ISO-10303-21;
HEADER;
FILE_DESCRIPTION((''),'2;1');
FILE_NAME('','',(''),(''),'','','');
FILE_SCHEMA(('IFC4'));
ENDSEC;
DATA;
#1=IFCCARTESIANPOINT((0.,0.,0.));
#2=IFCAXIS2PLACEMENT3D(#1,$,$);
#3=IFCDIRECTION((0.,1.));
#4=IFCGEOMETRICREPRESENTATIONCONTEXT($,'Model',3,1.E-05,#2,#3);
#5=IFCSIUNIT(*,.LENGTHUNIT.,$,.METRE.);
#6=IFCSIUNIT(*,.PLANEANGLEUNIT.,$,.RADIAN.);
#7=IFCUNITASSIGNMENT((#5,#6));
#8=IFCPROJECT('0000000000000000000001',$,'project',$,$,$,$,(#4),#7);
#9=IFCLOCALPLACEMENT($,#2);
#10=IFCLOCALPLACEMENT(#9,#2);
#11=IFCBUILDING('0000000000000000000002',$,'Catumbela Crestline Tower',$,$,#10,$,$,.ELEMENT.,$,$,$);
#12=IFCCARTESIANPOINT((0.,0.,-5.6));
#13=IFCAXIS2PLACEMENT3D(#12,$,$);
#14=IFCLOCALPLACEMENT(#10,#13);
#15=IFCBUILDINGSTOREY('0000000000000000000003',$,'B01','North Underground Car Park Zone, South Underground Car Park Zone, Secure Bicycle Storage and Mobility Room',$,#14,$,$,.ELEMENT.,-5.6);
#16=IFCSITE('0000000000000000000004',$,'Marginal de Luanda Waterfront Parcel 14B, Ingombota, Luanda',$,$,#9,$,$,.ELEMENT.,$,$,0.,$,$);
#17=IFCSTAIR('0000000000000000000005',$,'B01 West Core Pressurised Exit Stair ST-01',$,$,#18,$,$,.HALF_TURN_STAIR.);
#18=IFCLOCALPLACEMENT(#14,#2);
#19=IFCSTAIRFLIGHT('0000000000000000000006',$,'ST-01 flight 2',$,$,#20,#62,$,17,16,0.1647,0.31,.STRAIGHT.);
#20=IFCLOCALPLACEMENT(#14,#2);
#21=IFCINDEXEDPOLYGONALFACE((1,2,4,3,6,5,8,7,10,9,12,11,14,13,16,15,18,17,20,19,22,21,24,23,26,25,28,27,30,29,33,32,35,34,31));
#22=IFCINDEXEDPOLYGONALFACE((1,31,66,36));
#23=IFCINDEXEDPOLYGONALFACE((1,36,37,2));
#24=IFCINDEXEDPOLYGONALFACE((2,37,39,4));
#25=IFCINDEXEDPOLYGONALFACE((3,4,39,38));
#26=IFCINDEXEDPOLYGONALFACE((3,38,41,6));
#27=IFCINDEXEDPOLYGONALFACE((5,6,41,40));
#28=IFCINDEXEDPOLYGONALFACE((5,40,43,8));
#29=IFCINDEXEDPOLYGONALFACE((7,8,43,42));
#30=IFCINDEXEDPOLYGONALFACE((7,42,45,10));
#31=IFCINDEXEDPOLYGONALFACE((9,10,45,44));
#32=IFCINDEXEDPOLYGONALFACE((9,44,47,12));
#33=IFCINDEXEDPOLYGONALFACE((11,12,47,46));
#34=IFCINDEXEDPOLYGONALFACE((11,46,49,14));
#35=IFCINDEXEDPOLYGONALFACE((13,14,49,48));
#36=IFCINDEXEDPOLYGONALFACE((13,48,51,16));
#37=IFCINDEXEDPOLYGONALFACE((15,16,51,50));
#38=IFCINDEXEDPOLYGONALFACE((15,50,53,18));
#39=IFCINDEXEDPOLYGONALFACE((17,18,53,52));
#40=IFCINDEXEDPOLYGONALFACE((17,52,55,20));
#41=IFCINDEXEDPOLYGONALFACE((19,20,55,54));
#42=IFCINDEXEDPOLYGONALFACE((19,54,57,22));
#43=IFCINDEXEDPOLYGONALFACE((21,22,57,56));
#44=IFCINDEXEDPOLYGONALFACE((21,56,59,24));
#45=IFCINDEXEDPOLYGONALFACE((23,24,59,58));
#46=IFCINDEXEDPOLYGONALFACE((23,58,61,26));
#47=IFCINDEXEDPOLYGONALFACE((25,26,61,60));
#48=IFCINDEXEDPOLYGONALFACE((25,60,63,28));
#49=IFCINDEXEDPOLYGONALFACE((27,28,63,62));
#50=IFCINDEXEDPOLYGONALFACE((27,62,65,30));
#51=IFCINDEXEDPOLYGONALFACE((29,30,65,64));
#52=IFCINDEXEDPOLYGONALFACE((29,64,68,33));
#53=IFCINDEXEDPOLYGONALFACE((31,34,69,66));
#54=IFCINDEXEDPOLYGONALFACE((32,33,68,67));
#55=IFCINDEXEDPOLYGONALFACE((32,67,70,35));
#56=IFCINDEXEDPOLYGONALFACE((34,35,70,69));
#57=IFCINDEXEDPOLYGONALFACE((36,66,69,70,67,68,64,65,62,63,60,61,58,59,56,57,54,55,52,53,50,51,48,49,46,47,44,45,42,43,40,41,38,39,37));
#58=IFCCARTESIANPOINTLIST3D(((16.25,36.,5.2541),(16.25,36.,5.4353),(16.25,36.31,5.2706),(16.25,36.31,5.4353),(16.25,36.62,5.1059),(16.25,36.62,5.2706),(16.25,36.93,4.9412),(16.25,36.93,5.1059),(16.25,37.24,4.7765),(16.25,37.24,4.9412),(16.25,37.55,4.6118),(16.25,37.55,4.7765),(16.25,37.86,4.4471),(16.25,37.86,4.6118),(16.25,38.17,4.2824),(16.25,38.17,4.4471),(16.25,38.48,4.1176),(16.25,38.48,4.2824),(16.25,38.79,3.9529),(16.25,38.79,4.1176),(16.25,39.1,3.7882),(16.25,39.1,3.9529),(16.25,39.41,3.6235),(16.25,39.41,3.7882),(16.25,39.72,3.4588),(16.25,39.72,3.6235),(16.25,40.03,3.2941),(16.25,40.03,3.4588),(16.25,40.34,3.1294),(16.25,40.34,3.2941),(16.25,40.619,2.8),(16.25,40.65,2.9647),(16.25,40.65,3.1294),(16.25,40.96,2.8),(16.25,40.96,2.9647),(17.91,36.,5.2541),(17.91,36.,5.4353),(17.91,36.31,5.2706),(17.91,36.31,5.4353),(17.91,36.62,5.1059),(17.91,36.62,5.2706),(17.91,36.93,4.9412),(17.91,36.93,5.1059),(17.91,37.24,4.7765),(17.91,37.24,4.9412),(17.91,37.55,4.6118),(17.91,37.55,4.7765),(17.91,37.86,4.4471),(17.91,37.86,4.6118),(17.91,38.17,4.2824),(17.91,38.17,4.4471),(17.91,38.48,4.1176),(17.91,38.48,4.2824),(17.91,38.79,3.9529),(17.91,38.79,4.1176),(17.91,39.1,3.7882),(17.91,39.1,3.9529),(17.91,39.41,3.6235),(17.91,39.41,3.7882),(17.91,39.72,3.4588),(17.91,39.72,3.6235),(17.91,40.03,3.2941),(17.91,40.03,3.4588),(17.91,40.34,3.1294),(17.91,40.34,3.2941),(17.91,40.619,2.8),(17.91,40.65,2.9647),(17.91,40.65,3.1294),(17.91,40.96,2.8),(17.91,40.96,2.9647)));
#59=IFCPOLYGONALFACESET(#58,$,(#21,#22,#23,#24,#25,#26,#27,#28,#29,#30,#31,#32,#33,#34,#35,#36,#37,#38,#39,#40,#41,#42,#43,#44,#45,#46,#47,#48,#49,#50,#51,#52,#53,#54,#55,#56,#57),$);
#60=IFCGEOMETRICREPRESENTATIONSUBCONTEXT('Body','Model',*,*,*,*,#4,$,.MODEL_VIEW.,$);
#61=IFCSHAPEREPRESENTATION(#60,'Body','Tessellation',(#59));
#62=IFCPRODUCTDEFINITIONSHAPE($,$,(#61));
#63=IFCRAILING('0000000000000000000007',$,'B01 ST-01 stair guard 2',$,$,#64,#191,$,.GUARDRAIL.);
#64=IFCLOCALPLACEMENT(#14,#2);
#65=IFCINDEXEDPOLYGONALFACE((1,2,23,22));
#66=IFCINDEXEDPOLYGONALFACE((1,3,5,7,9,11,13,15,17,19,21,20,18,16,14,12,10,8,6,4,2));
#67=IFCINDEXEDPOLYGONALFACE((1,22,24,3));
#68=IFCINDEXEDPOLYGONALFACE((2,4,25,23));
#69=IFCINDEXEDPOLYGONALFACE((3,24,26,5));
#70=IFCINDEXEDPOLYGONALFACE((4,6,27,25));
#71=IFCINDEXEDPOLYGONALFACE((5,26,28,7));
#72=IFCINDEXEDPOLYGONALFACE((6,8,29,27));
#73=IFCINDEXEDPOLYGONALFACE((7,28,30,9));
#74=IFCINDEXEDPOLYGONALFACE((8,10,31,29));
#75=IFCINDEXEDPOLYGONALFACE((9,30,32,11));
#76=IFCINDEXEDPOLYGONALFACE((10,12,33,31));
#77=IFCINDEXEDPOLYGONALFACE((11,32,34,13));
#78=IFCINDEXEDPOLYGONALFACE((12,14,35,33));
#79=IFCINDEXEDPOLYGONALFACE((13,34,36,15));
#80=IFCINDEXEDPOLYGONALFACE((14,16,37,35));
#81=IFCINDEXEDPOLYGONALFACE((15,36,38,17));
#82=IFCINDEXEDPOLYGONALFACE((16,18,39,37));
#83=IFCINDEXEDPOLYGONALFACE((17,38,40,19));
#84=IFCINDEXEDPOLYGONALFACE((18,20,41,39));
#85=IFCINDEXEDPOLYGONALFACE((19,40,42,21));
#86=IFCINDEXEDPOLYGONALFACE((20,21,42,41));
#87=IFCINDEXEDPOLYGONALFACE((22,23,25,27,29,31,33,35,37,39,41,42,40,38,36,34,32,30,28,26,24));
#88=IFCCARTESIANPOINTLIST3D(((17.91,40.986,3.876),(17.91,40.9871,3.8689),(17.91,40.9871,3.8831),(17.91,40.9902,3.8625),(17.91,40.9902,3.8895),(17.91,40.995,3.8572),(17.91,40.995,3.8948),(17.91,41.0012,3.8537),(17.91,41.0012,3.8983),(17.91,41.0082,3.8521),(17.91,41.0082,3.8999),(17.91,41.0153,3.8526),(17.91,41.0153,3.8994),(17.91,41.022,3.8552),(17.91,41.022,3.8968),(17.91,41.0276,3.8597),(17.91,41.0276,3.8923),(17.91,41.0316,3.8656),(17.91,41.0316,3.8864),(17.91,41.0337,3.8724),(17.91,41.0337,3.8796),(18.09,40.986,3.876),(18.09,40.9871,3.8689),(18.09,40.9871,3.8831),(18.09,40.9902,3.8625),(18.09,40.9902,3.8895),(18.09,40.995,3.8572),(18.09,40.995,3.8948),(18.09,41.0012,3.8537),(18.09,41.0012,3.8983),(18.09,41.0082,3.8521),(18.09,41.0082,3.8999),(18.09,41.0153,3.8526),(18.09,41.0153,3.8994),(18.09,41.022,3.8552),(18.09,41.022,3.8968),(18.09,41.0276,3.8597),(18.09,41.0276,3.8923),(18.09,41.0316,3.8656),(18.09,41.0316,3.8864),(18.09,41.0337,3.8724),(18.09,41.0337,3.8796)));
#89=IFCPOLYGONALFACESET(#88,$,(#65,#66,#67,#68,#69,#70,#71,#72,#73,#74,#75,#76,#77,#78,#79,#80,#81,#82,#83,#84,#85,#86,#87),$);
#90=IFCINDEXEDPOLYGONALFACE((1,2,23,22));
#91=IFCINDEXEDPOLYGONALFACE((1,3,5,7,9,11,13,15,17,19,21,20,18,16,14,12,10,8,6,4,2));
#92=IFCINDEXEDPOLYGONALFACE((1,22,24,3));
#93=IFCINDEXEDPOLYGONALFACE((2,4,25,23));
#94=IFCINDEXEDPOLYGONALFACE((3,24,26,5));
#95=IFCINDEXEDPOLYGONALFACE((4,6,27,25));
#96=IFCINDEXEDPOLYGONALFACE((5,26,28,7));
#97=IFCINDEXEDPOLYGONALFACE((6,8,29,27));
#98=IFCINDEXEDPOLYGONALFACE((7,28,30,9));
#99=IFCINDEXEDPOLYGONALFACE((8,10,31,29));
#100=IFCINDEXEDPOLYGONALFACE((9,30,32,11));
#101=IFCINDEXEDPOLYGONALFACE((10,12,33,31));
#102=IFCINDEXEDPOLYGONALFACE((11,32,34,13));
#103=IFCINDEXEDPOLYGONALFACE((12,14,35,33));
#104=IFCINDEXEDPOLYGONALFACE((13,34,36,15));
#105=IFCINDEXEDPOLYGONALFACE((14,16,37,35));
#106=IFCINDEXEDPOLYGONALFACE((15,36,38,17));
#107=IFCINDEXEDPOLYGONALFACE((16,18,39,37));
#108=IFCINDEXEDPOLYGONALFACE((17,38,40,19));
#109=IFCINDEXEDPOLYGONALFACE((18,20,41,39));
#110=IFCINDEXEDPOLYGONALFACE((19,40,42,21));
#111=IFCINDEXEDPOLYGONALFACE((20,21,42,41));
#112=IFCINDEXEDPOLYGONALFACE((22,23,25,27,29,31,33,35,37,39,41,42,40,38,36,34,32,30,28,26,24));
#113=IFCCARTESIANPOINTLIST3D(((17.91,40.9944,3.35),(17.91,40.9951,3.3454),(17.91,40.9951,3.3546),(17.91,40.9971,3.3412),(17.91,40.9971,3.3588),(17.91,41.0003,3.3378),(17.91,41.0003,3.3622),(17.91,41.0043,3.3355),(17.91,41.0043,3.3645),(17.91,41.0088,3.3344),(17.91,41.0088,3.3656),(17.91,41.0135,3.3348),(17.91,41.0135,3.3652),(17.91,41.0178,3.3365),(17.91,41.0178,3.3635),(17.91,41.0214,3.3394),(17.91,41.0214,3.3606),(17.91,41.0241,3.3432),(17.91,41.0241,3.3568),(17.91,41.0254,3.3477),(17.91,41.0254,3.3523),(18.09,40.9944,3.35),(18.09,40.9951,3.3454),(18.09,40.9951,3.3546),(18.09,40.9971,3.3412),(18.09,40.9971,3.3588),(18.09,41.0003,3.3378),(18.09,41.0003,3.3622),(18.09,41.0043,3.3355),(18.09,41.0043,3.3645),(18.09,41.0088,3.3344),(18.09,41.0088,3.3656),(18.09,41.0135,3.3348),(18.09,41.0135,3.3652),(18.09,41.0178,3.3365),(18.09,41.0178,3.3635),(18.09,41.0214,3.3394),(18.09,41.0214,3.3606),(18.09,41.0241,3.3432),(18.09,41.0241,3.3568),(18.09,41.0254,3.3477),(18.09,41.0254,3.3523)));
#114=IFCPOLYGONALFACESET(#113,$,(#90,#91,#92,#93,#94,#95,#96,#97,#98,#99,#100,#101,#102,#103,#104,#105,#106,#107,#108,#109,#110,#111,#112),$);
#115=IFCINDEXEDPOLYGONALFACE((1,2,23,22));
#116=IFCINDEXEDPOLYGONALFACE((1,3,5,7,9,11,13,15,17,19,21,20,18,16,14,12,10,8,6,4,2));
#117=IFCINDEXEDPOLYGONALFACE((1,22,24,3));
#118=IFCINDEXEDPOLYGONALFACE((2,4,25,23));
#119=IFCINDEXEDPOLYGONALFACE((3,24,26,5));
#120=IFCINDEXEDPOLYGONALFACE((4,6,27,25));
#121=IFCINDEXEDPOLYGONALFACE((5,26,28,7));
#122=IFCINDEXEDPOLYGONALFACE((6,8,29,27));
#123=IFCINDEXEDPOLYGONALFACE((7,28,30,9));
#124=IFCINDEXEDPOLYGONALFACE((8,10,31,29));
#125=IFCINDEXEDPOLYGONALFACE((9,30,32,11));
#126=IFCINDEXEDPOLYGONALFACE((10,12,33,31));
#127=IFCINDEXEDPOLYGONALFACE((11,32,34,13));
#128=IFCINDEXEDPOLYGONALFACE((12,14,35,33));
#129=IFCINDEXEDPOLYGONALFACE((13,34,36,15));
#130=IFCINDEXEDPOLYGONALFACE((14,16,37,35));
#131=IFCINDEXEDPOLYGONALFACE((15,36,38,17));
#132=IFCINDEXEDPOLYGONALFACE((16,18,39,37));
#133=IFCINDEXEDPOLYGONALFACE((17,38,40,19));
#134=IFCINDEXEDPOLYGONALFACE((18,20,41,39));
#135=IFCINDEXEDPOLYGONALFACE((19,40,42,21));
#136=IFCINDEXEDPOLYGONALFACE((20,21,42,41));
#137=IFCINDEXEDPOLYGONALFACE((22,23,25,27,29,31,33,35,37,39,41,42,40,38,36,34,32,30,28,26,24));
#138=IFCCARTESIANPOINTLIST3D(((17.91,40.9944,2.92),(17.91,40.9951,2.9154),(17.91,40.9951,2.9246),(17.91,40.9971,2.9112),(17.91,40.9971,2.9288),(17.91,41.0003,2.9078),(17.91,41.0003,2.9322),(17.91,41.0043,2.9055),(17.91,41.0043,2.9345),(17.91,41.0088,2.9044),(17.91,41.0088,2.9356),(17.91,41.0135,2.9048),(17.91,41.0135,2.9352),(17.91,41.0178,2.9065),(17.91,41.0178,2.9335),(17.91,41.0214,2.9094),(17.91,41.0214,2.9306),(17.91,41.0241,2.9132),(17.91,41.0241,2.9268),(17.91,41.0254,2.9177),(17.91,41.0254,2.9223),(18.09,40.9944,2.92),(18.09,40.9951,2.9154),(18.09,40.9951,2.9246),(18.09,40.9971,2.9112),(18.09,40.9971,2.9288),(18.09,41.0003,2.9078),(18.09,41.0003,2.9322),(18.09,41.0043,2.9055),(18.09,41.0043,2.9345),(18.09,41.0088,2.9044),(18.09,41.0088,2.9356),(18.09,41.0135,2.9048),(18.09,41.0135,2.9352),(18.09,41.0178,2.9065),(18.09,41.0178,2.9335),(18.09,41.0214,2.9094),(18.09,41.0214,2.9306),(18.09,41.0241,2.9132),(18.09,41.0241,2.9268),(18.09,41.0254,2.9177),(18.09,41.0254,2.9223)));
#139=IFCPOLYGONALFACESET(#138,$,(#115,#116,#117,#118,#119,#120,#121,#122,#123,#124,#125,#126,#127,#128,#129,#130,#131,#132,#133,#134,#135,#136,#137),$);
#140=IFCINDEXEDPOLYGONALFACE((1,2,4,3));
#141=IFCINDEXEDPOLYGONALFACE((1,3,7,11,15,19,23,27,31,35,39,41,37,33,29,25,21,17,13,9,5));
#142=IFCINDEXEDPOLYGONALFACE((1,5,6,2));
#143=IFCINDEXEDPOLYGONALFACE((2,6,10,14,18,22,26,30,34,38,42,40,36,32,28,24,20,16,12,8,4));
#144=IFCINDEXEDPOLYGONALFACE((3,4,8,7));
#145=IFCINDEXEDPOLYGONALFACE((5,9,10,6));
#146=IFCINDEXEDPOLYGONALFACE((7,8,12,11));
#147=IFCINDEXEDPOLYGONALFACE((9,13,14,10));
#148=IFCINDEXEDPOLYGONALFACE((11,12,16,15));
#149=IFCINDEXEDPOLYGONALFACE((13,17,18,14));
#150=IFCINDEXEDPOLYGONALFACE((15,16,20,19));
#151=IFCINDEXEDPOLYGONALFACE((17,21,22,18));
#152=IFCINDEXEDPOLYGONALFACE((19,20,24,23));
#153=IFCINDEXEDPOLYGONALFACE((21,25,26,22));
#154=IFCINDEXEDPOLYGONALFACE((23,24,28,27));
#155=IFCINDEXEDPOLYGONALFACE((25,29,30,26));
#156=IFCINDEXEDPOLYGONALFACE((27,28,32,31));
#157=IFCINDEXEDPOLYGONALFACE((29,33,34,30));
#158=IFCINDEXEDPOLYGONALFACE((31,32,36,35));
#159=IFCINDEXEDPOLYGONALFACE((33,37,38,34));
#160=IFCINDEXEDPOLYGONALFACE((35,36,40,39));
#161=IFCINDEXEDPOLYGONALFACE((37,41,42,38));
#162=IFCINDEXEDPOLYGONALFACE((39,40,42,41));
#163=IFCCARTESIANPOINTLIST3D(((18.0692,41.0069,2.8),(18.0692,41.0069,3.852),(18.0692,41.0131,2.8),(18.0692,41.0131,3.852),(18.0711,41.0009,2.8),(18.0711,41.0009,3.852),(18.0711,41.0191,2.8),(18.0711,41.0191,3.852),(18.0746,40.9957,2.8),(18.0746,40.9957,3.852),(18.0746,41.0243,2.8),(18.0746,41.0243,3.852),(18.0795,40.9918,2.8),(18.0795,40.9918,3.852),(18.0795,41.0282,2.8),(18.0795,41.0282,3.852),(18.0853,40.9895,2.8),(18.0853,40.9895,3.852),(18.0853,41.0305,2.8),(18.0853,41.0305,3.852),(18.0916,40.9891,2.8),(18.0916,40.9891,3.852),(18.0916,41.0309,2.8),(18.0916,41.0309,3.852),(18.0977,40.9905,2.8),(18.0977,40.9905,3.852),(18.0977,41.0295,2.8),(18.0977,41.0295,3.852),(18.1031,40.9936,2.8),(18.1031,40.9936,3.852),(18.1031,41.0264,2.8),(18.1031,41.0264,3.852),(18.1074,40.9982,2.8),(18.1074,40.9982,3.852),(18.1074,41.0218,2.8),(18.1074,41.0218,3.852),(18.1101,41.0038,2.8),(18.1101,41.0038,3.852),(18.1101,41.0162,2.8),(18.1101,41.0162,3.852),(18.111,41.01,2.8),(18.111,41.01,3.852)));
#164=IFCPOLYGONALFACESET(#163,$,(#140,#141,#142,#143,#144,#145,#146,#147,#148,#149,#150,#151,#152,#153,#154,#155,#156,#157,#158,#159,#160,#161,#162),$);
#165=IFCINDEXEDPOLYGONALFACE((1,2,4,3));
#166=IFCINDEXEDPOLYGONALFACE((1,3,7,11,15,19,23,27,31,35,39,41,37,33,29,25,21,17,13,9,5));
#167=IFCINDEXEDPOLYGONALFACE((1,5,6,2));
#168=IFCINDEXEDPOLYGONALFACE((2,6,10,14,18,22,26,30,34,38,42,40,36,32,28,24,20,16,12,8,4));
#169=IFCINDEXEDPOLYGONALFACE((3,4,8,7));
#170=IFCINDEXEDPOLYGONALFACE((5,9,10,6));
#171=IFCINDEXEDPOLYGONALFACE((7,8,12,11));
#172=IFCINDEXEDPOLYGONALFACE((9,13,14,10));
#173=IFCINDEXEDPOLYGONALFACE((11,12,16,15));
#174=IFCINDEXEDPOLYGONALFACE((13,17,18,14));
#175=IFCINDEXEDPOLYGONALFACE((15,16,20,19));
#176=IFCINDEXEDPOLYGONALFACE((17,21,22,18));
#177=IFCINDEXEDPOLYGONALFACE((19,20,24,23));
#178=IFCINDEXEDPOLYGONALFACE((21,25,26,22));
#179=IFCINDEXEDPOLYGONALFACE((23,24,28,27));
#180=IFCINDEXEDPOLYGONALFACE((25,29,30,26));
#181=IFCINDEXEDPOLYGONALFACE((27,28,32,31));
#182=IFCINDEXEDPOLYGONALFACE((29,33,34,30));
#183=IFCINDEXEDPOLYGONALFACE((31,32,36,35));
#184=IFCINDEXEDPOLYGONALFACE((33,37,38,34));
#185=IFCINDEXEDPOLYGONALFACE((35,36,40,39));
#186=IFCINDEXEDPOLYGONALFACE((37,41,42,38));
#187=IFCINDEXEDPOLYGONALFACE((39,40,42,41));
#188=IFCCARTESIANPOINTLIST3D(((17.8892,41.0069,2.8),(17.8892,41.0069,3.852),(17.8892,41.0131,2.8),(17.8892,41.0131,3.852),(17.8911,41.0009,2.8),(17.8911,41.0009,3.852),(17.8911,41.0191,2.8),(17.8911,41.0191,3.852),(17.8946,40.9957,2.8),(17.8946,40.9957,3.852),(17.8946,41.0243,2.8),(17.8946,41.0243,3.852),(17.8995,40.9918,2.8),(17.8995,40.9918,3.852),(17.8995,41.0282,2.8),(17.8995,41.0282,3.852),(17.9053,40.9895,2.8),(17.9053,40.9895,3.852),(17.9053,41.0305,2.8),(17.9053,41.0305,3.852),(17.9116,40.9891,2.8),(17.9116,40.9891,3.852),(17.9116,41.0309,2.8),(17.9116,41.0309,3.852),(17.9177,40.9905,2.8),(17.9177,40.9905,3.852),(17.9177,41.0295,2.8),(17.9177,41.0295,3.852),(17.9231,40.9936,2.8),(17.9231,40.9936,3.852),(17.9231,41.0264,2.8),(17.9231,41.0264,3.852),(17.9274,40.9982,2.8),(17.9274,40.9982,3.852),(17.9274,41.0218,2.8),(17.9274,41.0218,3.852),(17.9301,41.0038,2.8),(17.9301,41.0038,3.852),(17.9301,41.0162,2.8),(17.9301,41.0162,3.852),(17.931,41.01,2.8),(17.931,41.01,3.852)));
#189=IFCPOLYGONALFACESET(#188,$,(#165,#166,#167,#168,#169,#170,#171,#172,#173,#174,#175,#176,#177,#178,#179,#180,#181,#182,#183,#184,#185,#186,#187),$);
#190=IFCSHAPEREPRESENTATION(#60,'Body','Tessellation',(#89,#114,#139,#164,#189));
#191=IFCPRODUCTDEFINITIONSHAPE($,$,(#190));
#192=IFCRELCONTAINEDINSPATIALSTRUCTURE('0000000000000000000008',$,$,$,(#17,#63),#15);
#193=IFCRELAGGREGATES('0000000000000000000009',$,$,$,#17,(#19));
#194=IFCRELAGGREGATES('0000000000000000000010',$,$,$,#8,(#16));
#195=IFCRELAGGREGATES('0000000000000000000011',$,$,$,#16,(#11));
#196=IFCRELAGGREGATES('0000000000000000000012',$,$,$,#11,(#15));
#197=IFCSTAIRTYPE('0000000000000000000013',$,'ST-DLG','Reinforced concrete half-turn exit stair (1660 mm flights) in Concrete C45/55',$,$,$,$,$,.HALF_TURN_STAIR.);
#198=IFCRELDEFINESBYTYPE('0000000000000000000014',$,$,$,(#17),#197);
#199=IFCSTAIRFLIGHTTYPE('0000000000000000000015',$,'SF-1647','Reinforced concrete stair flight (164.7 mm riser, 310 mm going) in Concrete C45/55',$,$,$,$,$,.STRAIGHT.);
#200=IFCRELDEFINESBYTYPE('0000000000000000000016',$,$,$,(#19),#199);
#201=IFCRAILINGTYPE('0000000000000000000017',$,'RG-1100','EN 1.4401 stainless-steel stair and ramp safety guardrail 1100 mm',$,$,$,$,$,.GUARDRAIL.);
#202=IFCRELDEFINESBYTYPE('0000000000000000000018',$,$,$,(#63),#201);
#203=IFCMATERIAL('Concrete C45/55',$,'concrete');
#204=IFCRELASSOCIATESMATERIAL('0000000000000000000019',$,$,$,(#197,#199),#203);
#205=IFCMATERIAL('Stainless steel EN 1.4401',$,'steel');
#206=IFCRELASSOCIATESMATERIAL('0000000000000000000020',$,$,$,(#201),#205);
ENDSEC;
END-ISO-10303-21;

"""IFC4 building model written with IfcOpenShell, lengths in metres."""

from ifc_helpers import new_model, si_unit, direction, frame, origin, origin_2d, place, context, subcontext, project, spatial, polyline, circle, outline, extrude, material, type_object, element, aggregate, save


model = new_model("IFC4")

# Units and contexts
model_context = context("Model", 3, precision=1e-05, world=origin(), true_north=direction((0.0, 1.0)))
body_context = subcontext(model_context, "Body", "Model", "MODEL_VIEW")
ifc_project = project(units=[si_unit("LENGTHUNIT", "METRE"), si_unit("PLANEANGLEUNIT", "RADIAN")], contexts=[model_context])

# Site, building, storey
site_placement = place(None, origin())
site = spatial("IfcSite", under=ifc_project, at=site_placement, Name="Marginal de Luanda Waterfront Parcel 14B, Ingombota, Luanda", CompositionType="ELEMENT", RefElevation=0.0)
building_placement = place(site_placement, origin())
building = spatial("IfcBuilding", under=site, at=building_placement, Name="Catumbela Crestline Tower", CompositionType="ELEMENT")
storey_placement = place(building_placement, frame((0.0, 0.0, -5.6)))
storey = spatial("IfcBuildingStorey", under=building, at=storey_placement, Name="B01", Description="North Underground Car Park Zone, South Underground Car Park Zone, Secure Bicycle Storage and Mobility Room", CompositionType="ELEMENT", Elevation=-5.6)

# Shared definitions
ifc_material_1 = material(Name="Stainless steel EN 1.4401", Category="steel")

# Stair, stair flight
ifc_material_2 = material(Name="Concrete C45/55", Category="concrete")
stair_type = type_object("IfcStairType", Name="ST-DLG", Description="Reinforced concrete half-turn exit stair (1660 mm flights) in Concrete C45/55", PredefinedType="HALF_TURN_STAIR", material=ifc_material_2)
stair_placement = place(storey_placement, origin())
stair = element("IfcStair", 1, at=stair_placement, inside=storey, type_object=stair_type, Name="B01 West Core Pressurised Exit Stair ST-01", PredefinedType="HALF_TURN_STAIR")
stair_flight_type = type_object("IfcStairFlightType", Name="SF-1647", Description="Reinforced concrete stair flight (164.7 mm riser, 310 mm going) in Concrete C45/55", PredefinedType="STRAIGHT", material=ifc_material_2)
stair_flight_placement = place(storey_placement, frame((17.08, 40.96, 2.8), z_axis=(0.0, 0.0, 1.0), x_axis=(0.0, -1.0, 0.0)))
stair_flight = element("IfcStairFlight", 2, at=stair_flight_placement, type_object=stair_flight_type, Name="ST-01 flight 2", NumberOfRisers=17, NumberOfTreads=16, PredefinedType="STRAIGHT", RiserHeight=0.1647, TreadLength=0.31, context=body_context, shape_type="SweptSolid", body=[
    extrude(outline(polyline([(0.0, 0.0), (0.0, 0.1647), (0.31, 0.1647), (0.31, 0.3294), (0.62, 0.3294), (0.62, 0.4941), (0.93, 0.4941), (0.93, 0.6588), (1.24, 0.6588), (1.24, 0.8235), (1.55, 0.8235), (1.55, 0.9882), (1.86, 0.9882), (1.86, 1.1529), (2.17, 1.1529), (2.17, 1.3176), (2.48, 1.3176), (2.48, 1.4824), (2.79, 1.4824), (2.79, 1.6471), (3.1, 1.6471), (3.1, 1.8118), (3.41, 1.8118), (3.41, 1.9765), (3.72, 1.9765), (3.72, 2.1412), (4.03, 2.1412), (4.03, 2.3059), (4.34, 2.3059), (4.34, 2.4706), (4.65, 2.4706), (4.65, 2.6353), (4.96, 2.6353), (4.96, 2.8), (4.96, 2.4541), (0.341, 0.0), (0.0, 0.0)])), frame((0.0, 0.83, 0.0), z_axis=(0.0, -1.0, 0.0), x_axis=(1.0, 0.0, 0.0)), (0.0, 0.0, 1.0), 1.66),
])
aggregate(stair, [stair_flight])

# Railing
railing_type_1 = type_object("IfcRailingType", Name="RG-1100", Description="EN 1.4401 stainless-steel stair and ramp safety guardrail 1100 mm", PredefinedType="GUARDRAIL", material=ifc_material_1)
railing_1_placement = place(storey_placement, frame((18.09, 41.01, 2.8)))
element("IfcRailing", 3, at=railing_1_placement, inside=storey, type_object=railing_type_1, Name="B01 ST-01 stair guard 2", PredefinedType="GUARDRAIL", context=body_context, shape_type="SweptSolid", body=[
    extrude(circle(Radius=0.024, at=origin_2d()), frame((0.0, 0.0, 1.076), z_axis=(-1.0, 0.0, 0.0), x_axis=(0.0, -1.0, 0.0)), (0.0, 0.0, 1.0), 0.18),
    extrude(circle(Radius=0.0156, at=origin_2d()), frame((0.0, 0.0, 0.55), z_axis=(-1.0, 0.0, 0.0), x_axis=(0.0, -1.0, 0.0)), (0.0, 0.0, 1.0), 0.18),
    extrude(circle(Radius=0.0156, at=origin_2d()), frame((0.0, 0.0, 0.12), z_axis=(-1.0, 0.0, 0.0), x_axis=(0.0, -1.0, 0.0)), (0.0, 0.0, 1.0), 0.18),
    extrude(circle(Radius=0.021, at=origin_2d()), origin(), (0.0, 0.0, 1.0), 1.052),
    extrude(circle(Radius=0.021, at=origin_2d()), frame((-0.18, 0.0, 0.0)), (0.0, 0.0, 1.0), 1.052),
])

save(model, "model.ifc")
